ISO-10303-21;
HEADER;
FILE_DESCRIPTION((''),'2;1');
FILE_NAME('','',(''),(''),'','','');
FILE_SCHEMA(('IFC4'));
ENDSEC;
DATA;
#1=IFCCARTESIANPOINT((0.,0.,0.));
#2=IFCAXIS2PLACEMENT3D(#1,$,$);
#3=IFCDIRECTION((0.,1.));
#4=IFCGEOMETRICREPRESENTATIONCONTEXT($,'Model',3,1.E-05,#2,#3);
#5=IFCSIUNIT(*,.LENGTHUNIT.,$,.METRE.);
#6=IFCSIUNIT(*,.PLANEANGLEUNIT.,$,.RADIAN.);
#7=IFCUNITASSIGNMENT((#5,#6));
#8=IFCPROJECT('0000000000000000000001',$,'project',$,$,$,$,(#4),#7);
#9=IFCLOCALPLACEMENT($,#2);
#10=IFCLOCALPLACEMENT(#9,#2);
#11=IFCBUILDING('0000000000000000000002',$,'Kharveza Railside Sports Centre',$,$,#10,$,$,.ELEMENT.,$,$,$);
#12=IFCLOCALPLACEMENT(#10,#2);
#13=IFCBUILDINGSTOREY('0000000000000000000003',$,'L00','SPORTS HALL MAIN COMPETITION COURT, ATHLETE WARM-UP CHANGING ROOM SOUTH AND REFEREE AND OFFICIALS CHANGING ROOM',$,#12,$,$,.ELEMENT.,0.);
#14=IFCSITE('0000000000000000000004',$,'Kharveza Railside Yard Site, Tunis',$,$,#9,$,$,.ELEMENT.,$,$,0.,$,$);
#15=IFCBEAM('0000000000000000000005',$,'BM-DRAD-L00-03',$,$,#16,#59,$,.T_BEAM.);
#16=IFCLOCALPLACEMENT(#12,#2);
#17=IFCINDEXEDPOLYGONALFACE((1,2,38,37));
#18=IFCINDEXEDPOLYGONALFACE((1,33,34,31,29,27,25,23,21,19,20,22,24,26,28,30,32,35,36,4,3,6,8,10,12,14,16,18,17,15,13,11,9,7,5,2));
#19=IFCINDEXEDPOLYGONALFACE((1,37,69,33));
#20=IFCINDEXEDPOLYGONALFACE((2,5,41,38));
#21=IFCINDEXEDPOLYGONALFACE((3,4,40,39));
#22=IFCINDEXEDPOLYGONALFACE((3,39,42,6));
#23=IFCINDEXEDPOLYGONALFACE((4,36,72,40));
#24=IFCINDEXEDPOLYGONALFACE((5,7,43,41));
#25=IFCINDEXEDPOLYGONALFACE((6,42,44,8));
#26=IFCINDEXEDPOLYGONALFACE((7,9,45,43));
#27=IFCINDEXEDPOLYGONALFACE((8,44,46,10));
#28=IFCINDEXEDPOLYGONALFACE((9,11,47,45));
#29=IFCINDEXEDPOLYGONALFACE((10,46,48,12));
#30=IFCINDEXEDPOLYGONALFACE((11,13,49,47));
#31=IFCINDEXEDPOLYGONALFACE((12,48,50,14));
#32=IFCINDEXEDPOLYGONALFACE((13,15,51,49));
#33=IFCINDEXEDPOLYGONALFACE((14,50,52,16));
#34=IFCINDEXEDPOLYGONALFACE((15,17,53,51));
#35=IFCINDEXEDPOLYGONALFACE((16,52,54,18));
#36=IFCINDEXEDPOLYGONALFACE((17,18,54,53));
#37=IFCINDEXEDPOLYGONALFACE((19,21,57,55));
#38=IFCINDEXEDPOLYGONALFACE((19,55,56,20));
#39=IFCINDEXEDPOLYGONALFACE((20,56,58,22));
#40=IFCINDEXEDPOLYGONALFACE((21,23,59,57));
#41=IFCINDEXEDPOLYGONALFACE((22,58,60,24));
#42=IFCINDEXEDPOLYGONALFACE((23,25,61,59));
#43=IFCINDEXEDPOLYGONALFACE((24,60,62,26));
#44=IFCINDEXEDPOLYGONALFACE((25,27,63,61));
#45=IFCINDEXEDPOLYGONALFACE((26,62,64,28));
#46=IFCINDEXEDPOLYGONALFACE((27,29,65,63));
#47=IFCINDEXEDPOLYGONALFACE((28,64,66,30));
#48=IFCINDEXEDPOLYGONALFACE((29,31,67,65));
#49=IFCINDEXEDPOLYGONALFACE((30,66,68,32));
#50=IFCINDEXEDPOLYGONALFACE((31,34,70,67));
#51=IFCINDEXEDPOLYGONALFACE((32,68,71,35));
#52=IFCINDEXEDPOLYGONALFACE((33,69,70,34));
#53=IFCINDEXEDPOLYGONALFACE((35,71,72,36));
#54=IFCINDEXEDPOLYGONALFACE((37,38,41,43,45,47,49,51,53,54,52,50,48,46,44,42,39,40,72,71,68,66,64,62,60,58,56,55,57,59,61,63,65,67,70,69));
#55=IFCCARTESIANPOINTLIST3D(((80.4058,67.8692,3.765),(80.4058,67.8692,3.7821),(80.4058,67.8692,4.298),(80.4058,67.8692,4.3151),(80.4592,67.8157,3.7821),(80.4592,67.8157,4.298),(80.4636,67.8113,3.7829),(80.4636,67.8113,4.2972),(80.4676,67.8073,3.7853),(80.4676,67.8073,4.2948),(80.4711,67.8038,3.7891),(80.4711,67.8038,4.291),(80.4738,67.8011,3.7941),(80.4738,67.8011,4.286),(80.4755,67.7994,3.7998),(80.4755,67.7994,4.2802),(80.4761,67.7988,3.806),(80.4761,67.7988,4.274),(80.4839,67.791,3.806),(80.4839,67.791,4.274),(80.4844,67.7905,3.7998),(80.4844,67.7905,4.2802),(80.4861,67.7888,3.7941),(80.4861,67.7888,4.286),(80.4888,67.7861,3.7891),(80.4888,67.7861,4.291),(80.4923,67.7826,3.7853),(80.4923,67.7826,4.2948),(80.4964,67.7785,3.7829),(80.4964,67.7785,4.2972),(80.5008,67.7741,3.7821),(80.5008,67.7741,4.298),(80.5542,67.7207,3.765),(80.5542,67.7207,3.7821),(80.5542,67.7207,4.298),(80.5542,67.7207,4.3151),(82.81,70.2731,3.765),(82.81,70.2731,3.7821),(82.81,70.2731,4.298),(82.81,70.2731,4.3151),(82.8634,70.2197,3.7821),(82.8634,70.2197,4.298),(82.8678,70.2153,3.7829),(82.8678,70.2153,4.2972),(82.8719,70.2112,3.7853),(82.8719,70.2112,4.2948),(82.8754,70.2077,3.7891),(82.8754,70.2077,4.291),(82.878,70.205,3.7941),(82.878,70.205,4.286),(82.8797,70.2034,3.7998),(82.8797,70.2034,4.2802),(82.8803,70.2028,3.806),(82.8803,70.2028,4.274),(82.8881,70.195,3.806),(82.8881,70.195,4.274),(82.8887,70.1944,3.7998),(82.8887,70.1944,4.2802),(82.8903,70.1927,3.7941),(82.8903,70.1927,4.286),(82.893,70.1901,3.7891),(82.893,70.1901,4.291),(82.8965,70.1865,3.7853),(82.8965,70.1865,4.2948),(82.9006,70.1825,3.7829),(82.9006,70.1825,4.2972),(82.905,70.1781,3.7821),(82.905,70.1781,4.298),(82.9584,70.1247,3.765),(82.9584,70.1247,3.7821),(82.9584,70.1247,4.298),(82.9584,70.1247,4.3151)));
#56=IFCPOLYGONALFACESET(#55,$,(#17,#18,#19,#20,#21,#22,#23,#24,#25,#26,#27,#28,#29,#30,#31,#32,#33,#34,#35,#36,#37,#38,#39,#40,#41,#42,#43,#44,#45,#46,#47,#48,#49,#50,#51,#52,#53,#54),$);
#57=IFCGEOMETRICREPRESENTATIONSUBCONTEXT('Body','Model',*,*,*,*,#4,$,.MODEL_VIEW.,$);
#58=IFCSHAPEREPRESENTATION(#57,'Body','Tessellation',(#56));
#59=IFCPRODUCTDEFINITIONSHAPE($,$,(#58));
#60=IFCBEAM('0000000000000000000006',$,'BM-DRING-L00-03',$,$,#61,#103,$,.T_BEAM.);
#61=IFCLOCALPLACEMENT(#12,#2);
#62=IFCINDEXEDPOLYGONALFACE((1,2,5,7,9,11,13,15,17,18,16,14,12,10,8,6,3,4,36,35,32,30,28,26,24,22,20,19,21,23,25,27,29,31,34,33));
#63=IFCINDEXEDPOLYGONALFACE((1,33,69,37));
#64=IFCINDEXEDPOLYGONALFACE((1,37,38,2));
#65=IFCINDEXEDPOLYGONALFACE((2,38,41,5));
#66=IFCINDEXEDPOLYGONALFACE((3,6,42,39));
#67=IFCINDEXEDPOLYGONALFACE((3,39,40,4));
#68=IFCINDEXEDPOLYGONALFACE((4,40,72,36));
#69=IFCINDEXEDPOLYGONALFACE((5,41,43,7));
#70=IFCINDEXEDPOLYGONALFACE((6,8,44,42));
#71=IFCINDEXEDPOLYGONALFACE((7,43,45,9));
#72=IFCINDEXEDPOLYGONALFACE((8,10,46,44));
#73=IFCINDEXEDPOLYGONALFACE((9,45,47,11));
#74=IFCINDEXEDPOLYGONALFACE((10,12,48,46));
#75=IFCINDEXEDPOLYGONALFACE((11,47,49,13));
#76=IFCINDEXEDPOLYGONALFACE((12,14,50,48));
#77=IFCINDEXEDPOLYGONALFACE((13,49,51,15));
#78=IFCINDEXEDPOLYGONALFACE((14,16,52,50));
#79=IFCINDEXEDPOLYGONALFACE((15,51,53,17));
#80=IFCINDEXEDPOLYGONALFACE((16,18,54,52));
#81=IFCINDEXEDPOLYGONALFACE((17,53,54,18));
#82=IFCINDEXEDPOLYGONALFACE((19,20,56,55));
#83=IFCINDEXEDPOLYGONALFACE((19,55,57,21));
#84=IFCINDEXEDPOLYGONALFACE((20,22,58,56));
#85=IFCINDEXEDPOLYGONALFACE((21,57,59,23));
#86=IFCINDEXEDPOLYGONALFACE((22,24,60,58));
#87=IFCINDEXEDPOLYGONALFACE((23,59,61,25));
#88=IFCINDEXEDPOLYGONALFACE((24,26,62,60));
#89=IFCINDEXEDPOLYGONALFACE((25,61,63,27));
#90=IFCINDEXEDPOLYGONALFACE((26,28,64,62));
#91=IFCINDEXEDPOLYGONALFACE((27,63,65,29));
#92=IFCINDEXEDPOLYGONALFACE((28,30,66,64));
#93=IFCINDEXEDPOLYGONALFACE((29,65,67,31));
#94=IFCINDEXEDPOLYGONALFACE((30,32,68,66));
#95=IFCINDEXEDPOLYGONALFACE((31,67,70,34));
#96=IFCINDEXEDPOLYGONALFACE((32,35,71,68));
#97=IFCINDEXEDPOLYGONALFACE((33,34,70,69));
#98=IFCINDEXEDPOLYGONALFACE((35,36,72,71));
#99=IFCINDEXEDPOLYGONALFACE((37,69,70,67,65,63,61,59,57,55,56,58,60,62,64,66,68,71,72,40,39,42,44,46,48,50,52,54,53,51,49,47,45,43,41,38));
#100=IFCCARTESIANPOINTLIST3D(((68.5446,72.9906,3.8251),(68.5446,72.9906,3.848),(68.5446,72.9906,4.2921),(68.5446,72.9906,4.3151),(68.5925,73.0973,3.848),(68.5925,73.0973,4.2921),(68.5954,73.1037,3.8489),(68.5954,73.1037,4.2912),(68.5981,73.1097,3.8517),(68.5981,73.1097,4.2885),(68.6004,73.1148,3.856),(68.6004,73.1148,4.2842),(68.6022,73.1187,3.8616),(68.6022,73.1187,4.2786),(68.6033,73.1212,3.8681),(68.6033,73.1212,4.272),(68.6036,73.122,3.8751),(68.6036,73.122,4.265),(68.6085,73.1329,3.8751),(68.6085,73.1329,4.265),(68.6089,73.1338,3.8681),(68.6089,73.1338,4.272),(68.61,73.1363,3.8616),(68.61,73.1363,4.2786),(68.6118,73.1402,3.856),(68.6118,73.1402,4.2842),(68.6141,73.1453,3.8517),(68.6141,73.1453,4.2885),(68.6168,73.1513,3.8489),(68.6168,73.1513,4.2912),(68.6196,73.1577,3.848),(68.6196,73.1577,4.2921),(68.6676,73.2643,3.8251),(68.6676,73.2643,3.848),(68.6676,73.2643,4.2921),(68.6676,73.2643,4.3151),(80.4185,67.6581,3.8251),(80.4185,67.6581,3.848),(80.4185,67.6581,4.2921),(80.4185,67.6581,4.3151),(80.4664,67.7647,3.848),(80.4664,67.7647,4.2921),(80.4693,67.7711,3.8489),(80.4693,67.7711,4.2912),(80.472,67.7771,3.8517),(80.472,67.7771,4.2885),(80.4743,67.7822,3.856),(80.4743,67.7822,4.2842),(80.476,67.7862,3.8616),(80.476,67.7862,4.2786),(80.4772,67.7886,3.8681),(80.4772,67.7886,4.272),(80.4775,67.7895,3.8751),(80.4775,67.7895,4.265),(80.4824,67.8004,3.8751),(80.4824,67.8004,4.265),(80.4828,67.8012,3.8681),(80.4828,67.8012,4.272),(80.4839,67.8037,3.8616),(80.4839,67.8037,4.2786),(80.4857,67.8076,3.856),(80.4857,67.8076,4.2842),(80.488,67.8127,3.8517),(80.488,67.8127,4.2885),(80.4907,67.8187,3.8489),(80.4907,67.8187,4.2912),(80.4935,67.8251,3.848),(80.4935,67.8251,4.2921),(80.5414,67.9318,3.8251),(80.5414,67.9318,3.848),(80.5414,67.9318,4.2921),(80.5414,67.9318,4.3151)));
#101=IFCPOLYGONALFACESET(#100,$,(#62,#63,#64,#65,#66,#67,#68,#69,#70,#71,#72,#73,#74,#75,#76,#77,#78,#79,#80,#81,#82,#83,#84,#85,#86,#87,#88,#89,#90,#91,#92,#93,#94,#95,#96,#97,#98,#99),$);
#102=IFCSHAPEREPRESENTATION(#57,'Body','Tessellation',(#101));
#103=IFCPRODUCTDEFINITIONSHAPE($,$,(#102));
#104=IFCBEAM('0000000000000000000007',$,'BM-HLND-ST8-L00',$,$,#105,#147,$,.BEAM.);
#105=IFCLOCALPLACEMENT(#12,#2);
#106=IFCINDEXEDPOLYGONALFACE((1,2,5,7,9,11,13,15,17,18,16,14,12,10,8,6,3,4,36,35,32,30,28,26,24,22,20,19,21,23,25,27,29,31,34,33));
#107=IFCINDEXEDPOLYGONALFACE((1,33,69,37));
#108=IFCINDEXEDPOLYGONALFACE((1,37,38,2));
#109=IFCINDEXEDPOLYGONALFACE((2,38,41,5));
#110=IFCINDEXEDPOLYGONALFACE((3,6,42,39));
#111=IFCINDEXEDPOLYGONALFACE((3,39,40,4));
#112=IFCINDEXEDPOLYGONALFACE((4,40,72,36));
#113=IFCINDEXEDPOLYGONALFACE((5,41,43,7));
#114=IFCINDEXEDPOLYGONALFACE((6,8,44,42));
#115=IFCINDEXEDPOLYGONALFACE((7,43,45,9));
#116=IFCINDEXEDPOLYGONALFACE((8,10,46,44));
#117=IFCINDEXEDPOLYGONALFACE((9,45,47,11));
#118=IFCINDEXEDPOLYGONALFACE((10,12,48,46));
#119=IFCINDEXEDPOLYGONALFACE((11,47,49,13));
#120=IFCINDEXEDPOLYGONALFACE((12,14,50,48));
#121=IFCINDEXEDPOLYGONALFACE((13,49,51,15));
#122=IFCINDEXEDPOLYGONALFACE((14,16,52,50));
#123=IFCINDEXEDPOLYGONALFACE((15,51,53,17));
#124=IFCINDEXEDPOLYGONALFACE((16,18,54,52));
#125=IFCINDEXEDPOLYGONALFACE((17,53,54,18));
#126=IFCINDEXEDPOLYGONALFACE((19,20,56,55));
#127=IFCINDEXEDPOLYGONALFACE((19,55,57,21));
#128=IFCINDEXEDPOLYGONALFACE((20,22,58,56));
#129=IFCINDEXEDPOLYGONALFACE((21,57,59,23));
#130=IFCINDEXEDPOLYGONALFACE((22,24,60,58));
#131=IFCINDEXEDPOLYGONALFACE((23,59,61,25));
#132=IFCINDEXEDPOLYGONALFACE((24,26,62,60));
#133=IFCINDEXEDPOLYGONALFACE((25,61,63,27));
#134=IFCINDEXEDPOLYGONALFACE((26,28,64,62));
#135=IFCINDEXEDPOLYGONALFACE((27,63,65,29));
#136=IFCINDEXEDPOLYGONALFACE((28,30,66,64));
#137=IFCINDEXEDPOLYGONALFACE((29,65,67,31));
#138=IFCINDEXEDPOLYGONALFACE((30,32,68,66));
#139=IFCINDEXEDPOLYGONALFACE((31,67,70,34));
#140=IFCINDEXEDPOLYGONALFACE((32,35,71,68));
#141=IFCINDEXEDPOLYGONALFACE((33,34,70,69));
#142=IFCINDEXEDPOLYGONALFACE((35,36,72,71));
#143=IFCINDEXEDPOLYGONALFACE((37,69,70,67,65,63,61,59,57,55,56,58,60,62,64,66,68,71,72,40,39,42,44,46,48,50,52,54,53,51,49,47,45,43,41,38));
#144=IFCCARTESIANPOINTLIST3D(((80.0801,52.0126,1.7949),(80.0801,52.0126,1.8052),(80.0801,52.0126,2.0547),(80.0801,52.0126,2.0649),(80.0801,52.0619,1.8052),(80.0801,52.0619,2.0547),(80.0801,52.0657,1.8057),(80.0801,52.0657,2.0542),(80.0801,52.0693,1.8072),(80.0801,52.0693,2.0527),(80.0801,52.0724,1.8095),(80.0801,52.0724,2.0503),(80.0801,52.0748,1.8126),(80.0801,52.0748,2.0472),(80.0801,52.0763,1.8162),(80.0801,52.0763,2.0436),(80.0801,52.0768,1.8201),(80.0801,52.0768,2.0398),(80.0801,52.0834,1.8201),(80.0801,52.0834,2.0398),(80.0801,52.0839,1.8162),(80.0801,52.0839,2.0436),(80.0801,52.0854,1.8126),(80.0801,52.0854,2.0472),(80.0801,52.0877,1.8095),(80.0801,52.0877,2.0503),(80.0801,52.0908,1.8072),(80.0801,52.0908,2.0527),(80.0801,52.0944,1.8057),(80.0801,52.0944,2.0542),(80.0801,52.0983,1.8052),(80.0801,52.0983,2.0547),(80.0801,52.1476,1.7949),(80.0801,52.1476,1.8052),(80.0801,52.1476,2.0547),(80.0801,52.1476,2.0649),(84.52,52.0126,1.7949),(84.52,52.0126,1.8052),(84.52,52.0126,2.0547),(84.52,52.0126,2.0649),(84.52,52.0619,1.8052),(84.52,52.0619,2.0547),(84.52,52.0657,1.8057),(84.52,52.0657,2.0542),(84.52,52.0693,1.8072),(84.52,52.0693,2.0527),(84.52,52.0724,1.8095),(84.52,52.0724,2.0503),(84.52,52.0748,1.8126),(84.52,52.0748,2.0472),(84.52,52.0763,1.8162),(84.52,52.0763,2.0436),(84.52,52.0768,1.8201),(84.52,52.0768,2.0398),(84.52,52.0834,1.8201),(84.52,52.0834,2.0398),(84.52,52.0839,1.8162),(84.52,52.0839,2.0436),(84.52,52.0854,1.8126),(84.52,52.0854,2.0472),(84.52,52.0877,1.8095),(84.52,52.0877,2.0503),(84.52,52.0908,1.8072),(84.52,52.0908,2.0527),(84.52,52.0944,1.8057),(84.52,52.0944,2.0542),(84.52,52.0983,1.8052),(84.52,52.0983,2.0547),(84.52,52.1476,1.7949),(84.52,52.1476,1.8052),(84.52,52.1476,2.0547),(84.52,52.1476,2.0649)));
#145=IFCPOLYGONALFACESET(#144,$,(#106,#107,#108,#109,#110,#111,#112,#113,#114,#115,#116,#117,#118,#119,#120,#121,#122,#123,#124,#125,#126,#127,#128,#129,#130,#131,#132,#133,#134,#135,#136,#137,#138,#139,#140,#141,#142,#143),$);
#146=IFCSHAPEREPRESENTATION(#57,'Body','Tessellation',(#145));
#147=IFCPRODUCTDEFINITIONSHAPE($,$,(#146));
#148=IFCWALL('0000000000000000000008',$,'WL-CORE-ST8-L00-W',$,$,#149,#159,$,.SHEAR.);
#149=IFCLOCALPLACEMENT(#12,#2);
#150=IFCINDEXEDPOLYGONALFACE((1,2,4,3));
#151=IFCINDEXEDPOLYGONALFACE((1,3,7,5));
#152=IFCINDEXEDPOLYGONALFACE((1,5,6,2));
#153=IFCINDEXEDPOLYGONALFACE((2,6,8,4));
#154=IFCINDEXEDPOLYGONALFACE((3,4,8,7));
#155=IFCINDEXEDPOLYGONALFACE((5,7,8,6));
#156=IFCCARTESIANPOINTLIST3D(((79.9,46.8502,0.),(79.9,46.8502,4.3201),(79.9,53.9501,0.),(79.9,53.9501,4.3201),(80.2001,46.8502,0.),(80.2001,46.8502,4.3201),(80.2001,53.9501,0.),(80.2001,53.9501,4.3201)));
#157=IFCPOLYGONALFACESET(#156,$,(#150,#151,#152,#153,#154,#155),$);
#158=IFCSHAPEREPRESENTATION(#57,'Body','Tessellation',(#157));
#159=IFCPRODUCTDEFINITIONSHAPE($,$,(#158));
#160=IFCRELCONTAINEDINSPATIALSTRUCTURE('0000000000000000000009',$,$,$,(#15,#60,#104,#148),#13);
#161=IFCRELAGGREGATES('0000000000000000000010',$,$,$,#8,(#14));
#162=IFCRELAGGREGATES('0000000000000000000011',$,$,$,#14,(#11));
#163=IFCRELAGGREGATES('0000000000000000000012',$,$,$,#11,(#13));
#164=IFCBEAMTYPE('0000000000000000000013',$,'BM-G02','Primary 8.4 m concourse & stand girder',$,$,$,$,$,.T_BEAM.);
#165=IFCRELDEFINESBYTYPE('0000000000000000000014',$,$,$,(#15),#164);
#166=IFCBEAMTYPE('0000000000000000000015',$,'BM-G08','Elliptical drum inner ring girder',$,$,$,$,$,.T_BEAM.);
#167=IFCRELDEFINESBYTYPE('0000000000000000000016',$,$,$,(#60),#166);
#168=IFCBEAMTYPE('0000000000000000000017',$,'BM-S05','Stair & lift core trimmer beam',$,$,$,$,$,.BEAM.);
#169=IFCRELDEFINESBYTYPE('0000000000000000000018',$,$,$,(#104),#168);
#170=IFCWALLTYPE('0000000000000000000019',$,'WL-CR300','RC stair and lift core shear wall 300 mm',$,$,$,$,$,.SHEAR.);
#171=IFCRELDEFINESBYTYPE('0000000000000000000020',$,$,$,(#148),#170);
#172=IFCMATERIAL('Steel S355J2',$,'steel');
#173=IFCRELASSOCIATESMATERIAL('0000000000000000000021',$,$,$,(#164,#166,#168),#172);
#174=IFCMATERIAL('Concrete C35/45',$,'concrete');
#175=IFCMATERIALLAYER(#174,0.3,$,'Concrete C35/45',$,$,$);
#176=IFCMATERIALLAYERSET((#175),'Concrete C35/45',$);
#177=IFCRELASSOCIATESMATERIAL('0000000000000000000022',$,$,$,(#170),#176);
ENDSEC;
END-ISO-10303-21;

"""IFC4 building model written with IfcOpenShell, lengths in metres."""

from ifc_helpers import new_model, si_unit, direction, frame, frame_2d, origin, origin_2d, place, context, subcontext, project, spatial, rectangle, i_section, extrude, material, layer, layer_set, material_profile, profile_set, type_object, element, save


model = new_model("IFC4")

# Units and contexts
model_context = context("Model", 3, precision=1e-05, world=origin(), true_north=direction((0.0, 1.0)))
body_context = subcontext(model_context, "Body", "Model", "MODEL_VIEW")
ifc_project = project(units=[si_unit("LENGTHUNIT", "METRE"), si_unit("PLANEANGLEUNIT", "RADIAN")], contexts=[model_context])

# Site, building, storey
site_placement = place(None, origin())
site = spatial("IfcSite", under=ifc_project, at=site_placement, Name="Kharveza Railside Yard Site, Tunis", CompositionType="ELEMENT", RefElevation=0.0)
building_placement = place(site_placement, origin())
building = spatial("IfcBuilding", under=site, at=building_placement, Name="Kharveza Railside Sports Centre", CompositionType="ELEMENT")
storey_placement = place(building_placement, origin())
storey = spatial("IfcBuildingStorey", under=building, at=storey_placement, Name="L00", Description="SPORTS HALL MAIN COMPETITION COURT, ATHLETE WARM-UP CHANGING ROOM SOUTH AND REFEREE AND OFFICIALS CHANGING ROOM", CompositionType="ELEMENT", Elevation=0.0)

# Shared definitions
ifc_material_1 = material(Name="Concrete C35/45", Category="concrete")

# Shared definitions
ifc_material_2 = material(Name="Steel S355J2", Category="steel")

# Beams
ifc_material_profile_1 = material_profile(ifc_material_2, i_section(OverallWidth=0.21, OverallDepth=0.55, WebThickness=0.011, FlangeThickness=0.0171, FilletRadius=0.0239, at=origin_2d()), Name="IPE 550")
ifc_profile_set_1 = profile_set([ifc_material_profile_1], Name="Steel S355J2")
beam_type_1 = type_object("IfcBeamType", Name="BM-G02", Description="Primary 8.4 m concourse & stand girder", PredefinedType="T_BEAM", material=ifc_profile_set_1)
beam_1_placement = place(storey_placement, frame((80.48, 67.7949, 4.04), z_axis=(0.707143, 0.707071, 0.0), x_axis=(-0.707071, 0.707143, 0.0)))
element("IfcBeam", 1, at=beam_1_placement, inside=storey, type_object=beam_type_1, Name="BM-DRAD-L00-03", PredefinedType="T_BEAM", context=body_context, shape_type="SweptSolid", body=[
    extrude(i_section(OverallWidth=0.21, OverallDepth=0.55, WebThickness=0.011, FlangeThickness=0.0171, FilletRadius=0.0239, at=origin_2d()), origin(), (0.0, 0.0, 1.0), 3.3999),
])
ifc_material_profile_2 = material_profile(ifc_material_2, i_section(OverallWidth=0.3, OverallDepth=0.49, WebThickness=0.012, FlangeThickness=0.0229, FilletRadius=0.0271, at=origin_2d()), Name="HEA 500")
ifc_profile_set_2 = profile_set([ifc_material_profile_2], Name="Steel S355J2")
beam_type_2 = type_object("IfcBeamType", Name="BM-G08", Description="Elliptical drum inner ring girder", PredefinedType="T_BEAM", material=ifc_profile_set_2)
beam_2_placement = place(storey_placement, frame((80.48, 67.7949, 4.0701), z_axis=(-0.912228, 0.409682, 0.0), x_axis=(-0.409682, -0.912228, 0.0)))
element("IfcBeam", 2, at=beam_2_placement, inside=storey, type_object=beam_type_2, Name="BM-DRING-L00-03", PredefinedType="T_BEAM", context=body_context, shape_type="SweptSolid", body=[
    extrude(i_section(OverallWidth=0.3, OverallDepth=0.49, WebThickness=0.012, FlangeThickness=0.0229, FilletRadius=0.0271, at=origin_2d()), origin(), (0.0, 0.0, 1.0), 13.0164),
])
ifc_material_profile_3 = material_profile(ifc_material_2, i_section(OverallWidth=0.135, OverallDepth=0.27, WebThickness=0.0066, FlangeThickness=0.0103, FilletRadius=0.0149, at=origin_2d()), Name="IPE 270")
ifc_profile_set_3 = profile_set([ifc_material_profile_3], Name="Steel S355J2")
beam_type_3 = type_object("IfcBeamType", Name="BM-S05", Description="Stair & lift core trimmer beam", PredefinedType="BEAM", material=ifc_profile_set_3)
beam_3_placement = place(storey_placement, frame((80.0801, 52.0801, 1.9299), z_axis=(1.0, 0.0, 0.0), x_axis=(0.0, 1.0, 0.0)))
element("IfcBeam", 3, at=beam_3_placement, inside=storey, type_object=beam_type_3, Name="BM-HLND-ST8-L00", PredefinedType="BEAM", context=body_context, shape_type="SweptSolid", body=[
    extrude(i_section(OverallWidth=0.135, OverallDepth=0.27, WebThickness=0.0066, FlangeThickness=0.0103, FilletRadius=0.0149, at=origin_2d()), origin(), (0.0, 0.0, 1.0), 4.4399),
])

# Wall
ifc_layer = layer(ifc_material_1, 0.3, Name="Concrete C35/45")
ifc_layer_set = layer_set([ifc_layer], Name="Concrete C35/45")
wall_type = type_object("IfcWallType", Name="WL-CR300", Description="RC stair and lift core shear wall 300 mm", PredefinedType="SHEAR", material=ifc_layer_set)
wall_placement = place(storey_placement, frame((80.05, 53.95, 0.0), z_axis=(0.0, 0.0, 1.0), x_axis=(0.0, -1.0, 0.0)))
element("IfcWall", 4, at=wall_placement, inside=storey, type_object=wall_type, Name="WL-CORE-ST8-L00-W", PredefinedType="SHEAR", context=body_context, shape_type="SweptSolid", body=[
    extrude(rectangle(XDim=7.0999, YDim=0.3, at=frame_2d((3.5498, 0.0))), origin(), (0.0, 0.0, 1.0), 4.3201),
])

save(model, "model.ifc")
